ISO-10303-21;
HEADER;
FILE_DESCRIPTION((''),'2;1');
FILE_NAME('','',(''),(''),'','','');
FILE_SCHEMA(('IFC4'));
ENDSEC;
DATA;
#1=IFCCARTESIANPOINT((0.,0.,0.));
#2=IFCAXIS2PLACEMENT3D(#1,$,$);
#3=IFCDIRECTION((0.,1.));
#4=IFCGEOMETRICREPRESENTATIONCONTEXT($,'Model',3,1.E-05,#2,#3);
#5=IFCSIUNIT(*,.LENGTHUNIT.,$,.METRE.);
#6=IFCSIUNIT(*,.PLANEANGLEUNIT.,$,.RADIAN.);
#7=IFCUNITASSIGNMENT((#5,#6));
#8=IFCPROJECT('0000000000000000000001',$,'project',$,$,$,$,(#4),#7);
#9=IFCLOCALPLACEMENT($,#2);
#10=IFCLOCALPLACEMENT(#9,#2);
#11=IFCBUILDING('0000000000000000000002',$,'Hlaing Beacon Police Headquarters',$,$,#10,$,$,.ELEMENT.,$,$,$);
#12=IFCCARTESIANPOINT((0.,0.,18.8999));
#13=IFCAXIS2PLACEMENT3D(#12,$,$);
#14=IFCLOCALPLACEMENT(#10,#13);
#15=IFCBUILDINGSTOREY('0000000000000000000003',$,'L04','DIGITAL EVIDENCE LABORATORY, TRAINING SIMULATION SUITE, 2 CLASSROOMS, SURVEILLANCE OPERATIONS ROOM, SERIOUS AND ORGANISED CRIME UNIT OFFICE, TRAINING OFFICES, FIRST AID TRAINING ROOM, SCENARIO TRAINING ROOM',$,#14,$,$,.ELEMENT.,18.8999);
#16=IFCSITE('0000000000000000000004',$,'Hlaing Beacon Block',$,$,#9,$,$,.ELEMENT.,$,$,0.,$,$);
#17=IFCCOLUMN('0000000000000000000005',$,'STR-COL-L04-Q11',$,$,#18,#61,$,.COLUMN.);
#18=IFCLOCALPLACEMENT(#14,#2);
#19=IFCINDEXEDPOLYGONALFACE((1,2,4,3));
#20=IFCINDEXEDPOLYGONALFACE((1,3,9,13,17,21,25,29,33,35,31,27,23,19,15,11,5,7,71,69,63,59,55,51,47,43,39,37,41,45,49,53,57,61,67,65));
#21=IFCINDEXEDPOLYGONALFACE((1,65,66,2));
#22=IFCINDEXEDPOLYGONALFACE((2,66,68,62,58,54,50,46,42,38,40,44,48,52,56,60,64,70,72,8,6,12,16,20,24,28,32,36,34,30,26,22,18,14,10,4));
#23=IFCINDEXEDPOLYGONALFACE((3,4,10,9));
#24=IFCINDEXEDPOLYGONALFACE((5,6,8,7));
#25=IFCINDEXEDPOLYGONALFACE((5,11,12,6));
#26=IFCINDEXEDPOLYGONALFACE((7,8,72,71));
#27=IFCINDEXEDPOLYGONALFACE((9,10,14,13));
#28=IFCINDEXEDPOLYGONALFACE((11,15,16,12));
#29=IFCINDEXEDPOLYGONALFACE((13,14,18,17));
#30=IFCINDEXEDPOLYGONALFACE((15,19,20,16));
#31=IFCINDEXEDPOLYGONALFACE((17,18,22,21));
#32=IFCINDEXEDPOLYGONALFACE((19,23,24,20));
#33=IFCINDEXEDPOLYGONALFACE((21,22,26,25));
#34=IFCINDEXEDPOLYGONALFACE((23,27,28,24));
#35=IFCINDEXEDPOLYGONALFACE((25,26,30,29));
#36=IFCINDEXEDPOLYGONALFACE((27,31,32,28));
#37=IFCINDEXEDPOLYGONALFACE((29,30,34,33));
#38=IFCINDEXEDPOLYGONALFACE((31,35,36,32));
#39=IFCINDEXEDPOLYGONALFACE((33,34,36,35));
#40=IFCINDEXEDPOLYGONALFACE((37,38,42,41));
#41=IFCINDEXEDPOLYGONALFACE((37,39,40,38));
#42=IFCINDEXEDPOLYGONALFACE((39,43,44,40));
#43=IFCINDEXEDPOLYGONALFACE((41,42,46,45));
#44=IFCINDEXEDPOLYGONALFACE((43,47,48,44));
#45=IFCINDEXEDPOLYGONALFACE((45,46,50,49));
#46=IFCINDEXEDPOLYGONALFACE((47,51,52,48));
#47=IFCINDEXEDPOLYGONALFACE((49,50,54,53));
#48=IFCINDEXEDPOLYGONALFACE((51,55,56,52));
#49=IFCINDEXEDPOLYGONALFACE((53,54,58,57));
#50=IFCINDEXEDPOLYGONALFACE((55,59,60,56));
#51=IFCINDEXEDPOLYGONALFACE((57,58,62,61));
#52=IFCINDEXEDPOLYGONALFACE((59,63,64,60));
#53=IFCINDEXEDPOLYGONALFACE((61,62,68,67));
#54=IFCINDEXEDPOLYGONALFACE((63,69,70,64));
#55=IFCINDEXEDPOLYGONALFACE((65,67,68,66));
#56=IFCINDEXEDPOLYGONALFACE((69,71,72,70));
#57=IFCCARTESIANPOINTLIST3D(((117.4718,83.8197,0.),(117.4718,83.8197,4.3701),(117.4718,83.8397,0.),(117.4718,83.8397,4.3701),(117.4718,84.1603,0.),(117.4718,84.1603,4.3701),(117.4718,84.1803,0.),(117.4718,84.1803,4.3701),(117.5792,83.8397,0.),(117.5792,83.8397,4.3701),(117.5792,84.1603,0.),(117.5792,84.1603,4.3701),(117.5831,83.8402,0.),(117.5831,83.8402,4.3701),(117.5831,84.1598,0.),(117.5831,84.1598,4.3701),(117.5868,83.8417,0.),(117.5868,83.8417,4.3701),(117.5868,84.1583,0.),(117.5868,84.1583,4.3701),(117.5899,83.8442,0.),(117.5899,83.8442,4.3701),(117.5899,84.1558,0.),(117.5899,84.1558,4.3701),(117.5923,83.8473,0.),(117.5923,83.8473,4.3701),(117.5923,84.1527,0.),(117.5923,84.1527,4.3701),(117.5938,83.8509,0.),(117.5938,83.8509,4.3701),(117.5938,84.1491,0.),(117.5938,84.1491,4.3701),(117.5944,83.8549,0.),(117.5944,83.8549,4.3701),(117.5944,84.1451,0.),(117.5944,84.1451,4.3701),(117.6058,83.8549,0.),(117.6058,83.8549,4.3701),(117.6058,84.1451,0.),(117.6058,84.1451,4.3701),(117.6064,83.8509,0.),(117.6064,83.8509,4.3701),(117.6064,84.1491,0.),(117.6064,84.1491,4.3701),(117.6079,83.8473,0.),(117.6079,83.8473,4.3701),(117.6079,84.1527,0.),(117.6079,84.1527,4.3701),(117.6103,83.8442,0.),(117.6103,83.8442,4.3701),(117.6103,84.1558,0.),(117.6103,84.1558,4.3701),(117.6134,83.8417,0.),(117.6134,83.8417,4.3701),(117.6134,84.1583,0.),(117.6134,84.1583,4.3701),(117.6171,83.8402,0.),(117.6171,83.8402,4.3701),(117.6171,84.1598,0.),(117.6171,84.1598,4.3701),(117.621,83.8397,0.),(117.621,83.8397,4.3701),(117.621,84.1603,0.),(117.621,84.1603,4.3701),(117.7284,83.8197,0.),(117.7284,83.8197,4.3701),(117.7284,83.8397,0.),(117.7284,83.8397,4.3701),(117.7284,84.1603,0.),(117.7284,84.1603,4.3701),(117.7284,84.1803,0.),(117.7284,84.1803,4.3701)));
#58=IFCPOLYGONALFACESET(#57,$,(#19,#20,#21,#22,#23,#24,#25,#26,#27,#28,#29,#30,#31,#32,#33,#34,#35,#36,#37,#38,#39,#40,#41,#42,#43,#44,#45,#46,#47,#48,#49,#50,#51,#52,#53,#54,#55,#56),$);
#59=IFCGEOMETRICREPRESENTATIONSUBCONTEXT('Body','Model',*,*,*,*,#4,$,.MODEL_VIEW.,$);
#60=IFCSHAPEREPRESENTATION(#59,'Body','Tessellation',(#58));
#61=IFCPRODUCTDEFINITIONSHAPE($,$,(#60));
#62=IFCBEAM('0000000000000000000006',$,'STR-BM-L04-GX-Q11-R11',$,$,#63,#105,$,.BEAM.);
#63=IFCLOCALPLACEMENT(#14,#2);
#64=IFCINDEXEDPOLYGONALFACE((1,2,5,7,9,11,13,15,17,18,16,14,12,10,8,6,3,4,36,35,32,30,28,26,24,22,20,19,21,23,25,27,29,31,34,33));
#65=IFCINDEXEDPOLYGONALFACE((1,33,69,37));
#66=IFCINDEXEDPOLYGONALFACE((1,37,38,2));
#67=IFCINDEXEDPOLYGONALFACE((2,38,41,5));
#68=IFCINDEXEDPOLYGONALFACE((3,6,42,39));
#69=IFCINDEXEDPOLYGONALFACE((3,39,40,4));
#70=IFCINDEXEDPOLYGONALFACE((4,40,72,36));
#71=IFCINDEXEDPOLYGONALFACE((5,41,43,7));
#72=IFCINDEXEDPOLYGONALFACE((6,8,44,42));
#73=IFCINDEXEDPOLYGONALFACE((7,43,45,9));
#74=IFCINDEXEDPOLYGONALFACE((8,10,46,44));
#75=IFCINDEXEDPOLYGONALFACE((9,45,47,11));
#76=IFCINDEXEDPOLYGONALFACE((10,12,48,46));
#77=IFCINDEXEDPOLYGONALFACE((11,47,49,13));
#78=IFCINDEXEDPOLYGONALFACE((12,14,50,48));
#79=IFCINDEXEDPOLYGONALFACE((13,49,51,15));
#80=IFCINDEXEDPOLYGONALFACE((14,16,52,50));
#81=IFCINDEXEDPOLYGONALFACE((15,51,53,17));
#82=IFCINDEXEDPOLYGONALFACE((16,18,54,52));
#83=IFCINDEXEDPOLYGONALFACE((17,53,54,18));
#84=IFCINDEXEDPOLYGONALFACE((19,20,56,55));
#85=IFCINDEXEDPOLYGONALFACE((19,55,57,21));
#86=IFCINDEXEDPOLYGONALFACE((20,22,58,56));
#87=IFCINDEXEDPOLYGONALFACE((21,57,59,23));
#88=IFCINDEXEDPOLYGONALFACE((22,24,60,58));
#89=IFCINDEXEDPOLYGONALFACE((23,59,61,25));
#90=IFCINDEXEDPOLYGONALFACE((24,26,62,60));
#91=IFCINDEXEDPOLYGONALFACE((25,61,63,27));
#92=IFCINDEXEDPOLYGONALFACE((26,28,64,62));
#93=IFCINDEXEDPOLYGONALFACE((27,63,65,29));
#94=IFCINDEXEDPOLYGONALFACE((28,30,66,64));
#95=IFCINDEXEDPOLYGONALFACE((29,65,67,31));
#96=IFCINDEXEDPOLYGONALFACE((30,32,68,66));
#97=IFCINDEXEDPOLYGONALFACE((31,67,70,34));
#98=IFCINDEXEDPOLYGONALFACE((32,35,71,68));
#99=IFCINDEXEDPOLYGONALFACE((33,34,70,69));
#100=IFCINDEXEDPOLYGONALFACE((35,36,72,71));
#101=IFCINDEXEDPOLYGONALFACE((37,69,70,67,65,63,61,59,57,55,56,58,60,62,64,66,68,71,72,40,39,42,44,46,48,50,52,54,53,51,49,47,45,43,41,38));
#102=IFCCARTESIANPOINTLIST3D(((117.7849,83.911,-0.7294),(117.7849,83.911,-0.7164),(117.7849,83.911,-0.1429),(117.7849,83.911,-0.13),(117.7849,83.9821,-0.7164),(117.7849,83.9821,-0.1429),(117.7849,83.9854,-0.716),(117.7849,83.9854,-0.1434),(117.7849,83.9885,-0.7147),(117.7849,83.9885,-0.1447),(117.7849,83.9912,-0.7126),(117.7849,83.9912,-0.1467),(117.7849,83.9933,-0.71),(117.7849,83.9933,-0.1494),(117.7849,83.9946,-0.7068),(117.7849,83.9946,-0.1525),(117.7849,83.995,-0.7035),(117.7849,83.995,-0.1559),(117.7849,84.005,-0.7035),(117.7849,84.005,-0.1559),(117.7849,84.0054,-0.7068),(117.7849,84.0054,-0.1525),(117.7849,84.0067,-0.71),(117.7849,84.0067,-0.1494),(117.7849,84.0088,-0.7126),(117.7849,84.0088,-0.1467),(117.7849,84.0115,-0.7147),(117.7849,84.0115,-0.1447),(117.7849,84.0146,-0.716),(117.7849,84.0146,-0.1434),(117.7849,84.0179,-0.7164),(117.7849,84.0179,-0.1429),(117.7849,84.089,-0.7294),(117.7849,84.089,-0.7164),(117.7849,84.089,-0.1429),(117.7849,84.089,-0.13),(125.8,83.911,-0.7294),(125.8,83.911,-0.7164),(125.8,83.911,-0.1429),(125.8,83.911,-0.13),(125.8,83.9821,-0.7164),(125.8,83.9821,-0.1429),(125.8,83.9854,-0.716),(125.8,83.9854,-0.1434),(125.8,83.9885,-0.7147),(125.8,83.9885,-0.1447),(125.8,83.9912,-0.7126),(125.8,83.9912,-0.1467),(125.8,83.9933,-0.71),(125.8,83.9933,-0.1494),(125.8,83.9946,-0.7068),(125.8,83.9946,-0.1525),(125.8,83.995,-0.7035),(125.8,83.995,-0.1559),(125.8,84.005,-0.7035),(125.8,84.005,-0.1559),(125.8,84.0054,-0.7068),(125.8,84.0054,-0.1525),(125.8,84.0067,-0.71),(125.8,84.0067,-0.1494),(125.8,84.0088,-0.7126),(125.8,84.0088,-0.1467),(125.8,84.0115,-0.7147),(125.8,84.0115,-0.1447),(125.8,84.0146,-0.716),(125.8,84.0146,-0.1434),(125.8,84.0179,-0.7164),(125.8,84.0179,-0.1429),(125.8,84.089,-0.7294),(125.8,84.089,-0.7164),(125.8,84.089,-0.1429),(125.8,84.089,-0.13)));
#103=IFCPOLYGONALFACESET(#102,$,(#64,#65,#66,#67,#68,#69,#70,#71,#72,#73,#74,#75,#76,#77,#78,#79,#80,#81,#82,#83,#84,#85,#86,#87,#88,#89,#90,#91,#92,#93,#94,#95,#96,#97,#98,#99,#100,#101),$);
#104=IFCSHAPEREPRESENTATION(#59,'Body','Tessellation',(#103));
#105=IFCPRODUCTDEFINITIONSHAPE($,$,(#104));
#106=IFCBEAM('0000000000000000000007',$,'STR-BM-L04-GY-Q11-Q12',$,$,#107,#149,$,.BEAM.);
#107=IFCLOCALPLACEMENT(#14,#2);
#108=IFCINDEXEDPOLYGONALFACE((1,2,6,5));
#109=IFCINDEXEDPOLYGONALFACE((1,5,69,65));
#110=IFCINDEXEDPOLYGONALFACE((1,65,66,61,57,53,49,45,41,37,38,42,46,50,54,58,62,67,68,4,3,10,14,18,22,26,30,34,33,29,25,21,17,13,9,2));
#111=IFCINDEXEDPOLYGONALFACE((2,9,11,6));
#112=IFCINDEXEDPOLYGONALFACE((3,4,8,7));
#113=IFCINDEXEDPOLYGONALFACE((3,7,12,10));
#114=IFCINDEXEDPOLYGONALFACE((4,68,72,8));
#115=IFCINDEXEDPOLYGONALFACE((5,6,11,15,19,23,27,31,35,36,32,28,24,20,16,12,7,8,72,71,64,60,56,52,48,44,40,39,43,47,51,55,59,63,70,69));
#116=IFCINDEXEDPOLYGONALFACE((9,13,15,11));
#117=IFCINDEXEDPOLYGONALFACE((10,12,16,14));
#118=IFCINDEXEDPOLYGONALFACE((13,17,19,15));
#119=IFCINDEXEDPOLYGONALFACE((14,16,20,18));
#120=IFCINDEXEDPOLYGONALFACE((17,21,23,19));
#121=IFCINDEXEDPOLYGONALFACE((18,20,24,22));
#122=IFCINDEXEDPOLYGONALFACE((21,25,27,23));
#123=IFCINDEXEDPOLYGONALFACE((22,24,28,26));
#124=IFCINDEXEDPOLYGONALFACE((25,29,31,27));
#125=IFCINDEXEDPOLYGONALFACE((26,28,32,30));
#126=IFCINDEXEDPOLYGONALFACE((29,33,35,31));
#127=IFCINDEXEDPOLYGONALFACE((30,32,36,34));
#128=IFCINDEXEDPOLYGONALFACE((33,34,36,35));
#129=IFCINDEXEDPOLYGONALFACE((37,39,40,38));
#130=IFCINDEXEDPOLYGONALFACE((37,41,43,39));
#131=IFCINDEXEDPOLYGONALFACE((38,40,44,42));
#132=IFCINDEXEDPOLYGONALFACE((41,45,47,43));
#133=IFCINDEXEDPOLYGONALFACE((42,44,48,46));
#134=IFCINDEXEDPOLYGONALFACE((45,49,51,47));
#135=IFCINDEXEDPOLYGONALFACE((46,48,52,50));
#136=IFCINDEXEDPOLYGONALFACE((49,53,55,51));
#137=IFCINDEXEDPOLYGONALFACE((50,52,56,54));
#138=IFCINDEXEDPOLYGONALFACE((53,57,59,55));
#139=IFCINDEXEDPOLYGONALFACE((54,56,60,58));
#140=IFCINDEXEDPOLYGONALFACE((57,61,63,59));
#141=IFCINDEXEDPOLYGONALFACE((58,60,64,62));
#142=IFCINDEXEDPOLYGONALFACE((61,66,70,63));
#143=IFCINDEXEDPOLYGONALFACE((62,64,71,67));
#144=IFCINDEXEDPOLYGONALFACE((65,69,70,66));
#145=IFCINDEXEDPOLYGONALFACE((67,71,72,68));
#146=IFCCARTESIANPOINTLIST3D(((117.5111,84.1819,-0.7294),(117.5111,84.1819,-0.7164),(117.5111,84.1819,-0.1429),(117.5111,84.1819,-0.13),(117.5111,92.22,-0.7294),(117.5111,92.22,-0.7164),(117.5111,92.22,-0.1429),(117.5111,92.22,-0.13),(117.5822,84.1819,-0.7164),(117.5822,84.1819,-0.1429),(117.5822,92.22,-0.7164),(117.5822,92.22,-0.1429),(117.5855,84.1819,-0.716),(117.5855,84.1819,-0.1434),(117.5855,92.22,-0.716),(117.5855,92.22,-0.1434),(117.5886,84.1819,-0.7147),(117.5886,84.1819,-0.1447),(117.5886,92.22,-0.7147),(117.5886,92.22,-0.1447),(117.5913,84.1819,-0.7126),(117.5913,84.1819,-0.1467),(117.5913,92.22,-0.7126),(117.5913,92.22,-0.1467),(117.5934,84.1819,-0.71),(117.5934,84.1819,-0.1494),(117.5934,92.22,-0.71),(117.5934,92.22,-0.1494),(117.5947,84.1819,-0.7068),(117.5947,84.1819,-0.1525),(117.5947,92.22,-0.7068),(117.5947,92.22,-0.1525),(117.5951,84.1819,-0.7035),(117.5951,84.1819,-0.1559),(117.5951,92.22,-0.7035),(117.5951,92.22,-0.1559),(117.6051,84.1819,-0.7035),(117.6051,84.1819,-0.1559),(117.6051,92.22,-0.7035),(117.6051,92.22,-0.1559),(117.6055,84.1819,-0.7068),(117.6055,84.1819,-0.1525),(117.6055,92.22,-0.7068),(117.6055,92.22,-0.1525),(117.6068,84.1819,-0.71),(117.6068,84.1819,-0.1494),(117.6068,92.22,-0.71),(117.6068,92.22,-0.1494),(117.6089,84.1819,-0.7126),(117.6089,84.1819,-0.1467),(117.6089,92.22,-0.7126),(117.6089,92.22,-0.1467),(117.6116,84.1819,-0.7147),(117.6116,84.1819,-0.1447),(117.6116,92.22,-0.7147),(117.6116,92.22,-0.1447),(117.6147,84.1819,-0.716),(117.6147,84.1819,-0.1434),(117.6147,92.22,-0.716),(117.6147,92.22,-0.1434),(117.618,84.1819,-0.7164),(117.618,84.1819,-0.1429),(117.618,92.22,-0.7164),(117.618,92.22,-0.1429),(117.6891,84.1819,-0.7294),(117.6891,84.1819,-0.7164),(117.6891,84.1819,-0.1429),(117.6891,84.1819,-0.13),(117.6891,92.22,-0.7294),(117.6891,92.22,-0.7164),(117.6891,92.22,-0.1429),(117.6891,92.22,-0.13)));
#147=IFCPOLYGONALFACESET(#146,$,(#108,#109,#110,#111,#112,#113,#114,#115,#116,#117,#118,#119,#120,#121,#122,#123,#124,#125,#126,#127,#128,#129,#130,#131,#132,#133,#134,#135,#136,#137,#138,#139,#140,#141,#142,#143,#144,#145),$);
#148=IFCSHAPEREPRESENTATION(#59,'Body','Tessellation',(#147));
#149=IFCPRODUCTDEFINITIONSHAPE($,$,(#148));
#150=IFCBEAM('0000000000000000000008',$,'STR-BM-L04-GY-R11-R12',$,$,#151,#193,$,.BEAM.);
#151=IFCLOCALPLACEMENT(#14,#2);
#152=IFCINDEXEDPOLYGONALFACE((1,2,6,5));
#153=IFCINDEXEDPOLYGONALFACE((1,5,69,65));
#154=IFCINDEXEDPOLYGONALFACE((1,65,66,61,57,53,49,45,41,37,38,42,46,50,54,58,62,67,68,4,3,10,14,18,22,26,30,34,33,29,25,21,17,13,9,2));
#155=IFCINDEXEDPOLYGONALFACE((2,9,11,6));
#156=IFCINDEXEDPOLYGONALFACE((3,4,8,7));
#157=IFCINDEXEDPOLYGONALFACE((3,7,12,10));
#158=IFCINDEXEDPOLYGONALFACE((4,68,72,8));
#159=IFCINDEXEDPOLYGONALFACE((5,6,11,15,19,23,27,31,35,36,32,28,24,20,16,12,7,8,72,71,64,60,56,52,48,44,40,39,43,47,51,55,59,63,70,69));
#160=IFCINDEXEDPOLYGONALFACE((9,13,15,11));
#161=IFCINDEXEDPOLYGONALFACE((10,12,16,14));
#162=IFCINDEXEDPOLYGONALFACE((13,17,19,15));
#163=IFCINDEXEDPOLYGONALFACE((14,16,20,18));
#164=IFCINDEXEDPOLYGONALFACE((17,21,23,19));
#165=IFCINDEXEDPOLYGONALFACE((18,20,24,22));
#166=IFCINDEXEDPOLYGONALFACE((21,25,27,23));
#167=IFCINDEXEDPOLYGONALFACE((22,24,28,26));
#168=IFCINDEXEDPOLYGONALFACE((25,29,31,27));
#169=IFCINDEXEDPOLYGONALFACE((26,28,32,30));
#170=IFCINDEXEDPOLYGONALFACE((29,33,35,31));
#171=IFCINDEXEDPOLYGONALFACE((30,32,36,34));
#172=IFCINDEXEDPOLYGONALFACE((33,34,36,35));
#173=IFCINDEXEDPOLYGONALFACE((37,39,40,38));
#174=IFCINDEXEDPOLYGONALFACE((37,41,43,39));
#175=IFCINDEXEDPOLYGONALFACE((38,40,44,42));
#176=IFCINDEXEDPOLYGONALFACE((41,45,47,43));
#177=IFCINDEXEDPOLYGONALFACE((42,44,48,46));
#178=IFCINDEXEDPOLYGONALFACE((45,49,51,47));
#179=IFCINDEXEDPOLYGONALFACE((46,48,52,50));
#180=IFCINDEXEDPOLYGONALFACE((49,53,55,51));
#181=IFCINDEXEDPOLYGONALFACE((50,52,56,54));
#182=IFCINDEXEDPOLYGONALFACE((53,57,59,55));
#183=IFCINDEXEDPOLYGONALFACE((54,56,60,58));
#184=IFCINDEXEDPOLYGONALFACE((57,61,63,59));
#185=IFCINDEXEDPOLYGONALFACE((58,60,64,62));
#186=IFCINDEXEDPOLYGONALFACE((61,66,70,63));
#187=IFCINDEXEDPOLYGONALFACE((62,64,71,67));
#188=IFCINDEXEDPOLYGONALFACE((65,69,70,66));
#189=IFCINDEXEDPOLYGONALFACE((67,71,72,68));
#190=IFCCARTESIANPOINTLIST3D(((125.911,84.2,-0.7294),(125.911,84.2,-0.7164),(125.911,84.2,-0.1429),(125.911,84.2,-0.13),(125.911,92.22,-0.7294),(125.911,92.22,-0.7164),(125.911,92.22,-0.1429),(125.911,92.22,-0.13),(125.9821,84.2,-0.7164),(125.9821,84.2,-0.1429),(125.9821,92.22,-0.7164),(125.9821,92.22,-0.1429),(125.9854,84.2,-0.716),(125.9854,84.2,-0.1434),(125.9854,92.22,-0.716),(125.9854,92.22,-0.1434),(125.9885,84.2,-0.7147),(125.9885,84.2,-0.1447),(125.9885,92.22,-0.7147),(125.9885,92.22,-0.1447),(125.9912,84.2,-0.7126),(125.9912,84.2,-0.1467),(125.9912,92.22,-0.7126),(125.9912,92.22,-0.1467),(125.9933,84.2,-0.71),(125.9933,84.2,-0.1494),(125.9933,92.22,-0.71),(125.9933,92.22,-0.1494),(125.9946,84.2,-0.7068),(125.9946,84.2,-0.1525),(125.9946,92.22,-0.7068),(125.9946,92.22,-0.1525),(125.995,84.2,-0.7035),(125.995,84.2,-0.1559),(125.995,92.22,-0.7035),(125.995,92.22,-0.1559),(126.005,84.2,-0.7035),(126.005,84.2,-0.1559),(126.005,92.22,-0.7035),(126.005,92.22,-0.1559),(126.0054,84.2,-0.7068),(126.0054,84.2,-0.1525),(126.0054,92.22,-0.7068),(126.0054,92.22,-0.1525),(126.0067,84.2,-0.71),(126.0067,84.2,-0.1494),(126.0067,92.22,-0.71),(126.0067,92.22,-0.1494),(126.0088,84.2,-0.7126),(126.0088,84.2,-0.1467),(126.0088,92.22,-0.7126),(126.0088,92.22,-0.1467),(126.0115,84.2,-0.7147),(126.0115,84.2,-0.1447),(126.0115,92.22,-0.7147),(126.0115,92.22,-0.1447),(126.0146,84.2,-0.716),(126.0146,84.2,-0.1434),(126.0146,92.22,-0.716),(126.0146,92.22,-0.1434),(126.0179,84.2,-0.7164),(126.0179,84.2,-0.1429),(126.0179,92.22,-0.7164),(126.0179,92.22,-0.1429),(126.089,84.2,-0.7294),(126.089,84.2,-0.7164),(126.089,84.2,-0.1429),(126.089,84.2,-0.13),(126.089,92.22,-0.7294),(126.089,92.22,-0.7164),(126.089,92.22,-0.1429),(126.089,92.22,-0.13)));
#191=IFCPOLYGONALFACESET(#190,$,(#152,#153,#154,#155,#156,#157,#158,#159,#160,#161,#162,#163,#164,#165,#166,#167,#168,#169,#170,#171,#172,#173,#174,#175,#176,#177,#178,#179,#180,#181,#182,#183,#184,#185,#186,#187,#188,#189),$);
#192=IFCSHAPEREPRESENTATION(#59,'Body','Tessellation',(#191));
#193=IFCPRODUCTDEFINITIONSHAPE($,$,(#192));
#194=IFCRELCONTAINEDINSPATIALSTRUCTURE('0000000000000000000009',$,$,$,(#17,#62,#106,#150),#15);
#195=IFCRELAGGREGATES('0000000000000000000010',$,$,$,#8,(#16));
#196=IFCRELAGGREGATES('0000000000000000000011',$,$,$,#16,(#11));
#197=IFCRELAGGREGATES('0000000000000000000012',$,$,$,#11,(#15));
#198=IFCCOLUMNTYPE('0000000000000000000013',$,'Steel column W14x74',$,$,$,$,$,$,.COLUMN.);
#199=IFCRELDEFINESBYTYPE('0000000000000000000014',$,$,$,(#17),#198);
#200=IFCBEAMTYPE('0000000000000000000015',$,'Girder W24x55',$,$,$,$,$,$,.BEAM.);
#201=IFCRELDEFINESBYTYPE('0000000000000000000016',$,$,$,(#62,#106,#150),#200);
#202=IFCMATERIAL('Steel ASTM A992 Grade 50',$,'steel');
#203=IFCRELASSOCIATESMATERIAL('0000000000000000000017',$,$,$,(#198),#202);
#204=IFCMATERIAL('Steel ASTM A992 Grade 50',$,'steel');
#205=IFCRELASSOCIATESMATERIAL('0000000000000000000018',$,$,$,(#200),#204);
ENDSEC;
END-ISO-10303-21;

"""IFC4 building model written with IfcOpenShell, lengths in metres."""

from ifc_helpers import new_model, si_unit, direction, frame, origin, origin_2d, place, context, subcontext, project, spatial, i_section, extrude, material, material_profile, profile_set, type_object, element, save


model = new_model("IFC4")

# Units and contexts
model_context = context("Model", 3, precision=1e-05, world=origin(), true_north=direction((0.0, 1.0)))
body_context = subcontext(model_context, "Body", "Model", "MODEL_VIEW")
ifc_project = project(units=[si_unit("LENGTHUNIT", "METRE"), si_unit("PLANEANGLEUNIT", "RADIAN")], contexts=[model_context])

# Site, building, storey
site_placement = place(None, origin())
site = spatial("IfcSite", under=ifc_project, at=site_placement, Name="Hlaing Beacon Block", CompositionType="ELEMENT", RefElevation=0.0)
building_placement = place(site_placement, origin())
building = spatial("IfcBuilding", under=site, at=building_placement, Name="Hlaing Beacon Police Headquarters", CompositionType="ELEMENT")
storey_placement = place(building_placement, frame((0.0, 0.0, 18.8999)))
storey = spatial("IfcBuildingStorey", under=building, at=storey_placement, Name="L04", Description="DIGITAL EVIDENCE LABORATORY, TRAINING SIMULATION SUITE, 2 CLASSROOMS, SURVEILLANCE OPERATIONS ROOM, SERIOUS AND ORGANISED CRIME UNIT OFFICE, TRAINING OFFICES, FIRST AID TRAINING ROOM, SCENARIO TRAINING ROOM", CompositionType="ELEMENT", Elevation=18.8999)

# Column
ifc_material_1 = material(Name="Steel ASTM A992 Grade 50", Category="steel")
ifc_material_profile_1 = material_profile(ifc_material_1, i_section(OverallWidth=0.2566, OverallDepth=0.3606, WebThickness=0.0115, FlangeThickness=0.02, FilletRadius=0.0151, at=origin_2d()), Name="W14x74")
ifc_profile_set_1 = profile_set([ifc_material_profile_1], Name="Steel ASTM A992 Grade 50")
column_type = type_object("IfcColumnType", Name="Steel column W14x74", PredefinedType="COLUMN", material=ifc_profile_set_1)
column_placement = place(storey_placement, frame((117.6001, 84.0, 0.0), z_axis=(0.0, 0.0, 1.0), x_axis=(1.0, 0.0, 0.0)))
element("IfcColumn", 1, at=column_placement, inside=storey, type_object=column_type, Name="STR-COL-L04-Q11", PredefinedType="COLUMN", context=body_context, shape_type="SweptSolid", body=[
    extrude(i_section(OverallWidth=0.2566, OverallDepth=0.3606, WebThickness=0.0115, FlangeThickness=0.02, FilletRadius=0.0151, at=origin_2d()), origin(), (0.0, 0.0, 1.0), 4.3701),
])

# Beams
ifc_material_2 = material(Name="Steel ASTM A992 Grade 50", Category="steel")
ifc_material_profile_2 = material_profile(ifc_material_2, i_section(OverallWidth=0.178, OverallDepth=0.5994, WebThickness=0.01, FlangeThickness=0.0129, FilletRadius=0.0129, at=origin_2d()), Name="W24x55")
ifc_profile_set_2 = profile_set([ifc_material_profile_2], Name="Steel ASTM A992 Grade 50")
beam_type_1 = type_object("IfcBeamType", Name="Girder W24x55", PredefinedType="BEAM", material=ifc_profile_set_2)
beam_1_placement = place(storey_placement, frame((117.7849, 84.0, -0.4297), z_axis=(1.0, 0.0, 0.0), x_axis=(0.0, 1.0, 0.0)))
element("IfcBeam", 2, at=beam_1_placement, inside=storey, type_object=beam_type_1, Name="STR-BM-L04-GX-Q11-R11", PredefinedType="BEAM", context=body_context, shape_type="SweptSolid", body=[
    extrude(i_section(OverallWidth=0.178, OverallDepth=0.5994, WebThickness=0.01, FlangeThickness=0.0129, FilletRadius=0.0129, at=origin_2d()), origin(), (0.0, 0.0, 1.0), 8.0151),
])
beam_2_placement = place(storey_placement, frame((117.6001, 84.1819, -0.4297), z_axis=(0.0, 1.0, 0.0), x_axis=(-1.0, 0.0, 0.0)))
element("IfcBeam", 3, at=beam_2_placement, inside=storey, type_object=beam_type_1, Name="STR-BM-L04-GY-Q11-Q12", PredefinedType="BEAM", context=body_context, shape_type="SweptSolid", body=[
    extrude(i_section(OverallWidth=0.178, OverallDepth=0.5994, WebThickness=0.01, FlangeThickness=0.0129, FilletRadius=0.0129, at=origin_2d()), origin(), (0.0, 0.0, 1.0), 8.0381),
])
beam_3_placement = place(storey_placement, frame((126.0, 84.2, -0.4297), z_axis=(0.0, 1.0, 0.0), x_axis=(-1.0, 0.0, 0.0)))
element("IfcBeam", 4, at=beam_3_placement, inside=storey, type_object=beam_type_1, Name="STR-BM-L04-GY-R11-R12", PredefinedType="BEAM", context=body_context, shape_type="SweptSolid", body=[
    extrude(i_section(OverallWidth=0.178, OverallDepth=0.5994, WebThickness=0.01, FlangeThickness=0.0129, FilletRadius=0.0129, at=origin_2d()), origin(), (0.0, 0.0, 1.0), 8.02),
])

save(model, "model.ifc")
